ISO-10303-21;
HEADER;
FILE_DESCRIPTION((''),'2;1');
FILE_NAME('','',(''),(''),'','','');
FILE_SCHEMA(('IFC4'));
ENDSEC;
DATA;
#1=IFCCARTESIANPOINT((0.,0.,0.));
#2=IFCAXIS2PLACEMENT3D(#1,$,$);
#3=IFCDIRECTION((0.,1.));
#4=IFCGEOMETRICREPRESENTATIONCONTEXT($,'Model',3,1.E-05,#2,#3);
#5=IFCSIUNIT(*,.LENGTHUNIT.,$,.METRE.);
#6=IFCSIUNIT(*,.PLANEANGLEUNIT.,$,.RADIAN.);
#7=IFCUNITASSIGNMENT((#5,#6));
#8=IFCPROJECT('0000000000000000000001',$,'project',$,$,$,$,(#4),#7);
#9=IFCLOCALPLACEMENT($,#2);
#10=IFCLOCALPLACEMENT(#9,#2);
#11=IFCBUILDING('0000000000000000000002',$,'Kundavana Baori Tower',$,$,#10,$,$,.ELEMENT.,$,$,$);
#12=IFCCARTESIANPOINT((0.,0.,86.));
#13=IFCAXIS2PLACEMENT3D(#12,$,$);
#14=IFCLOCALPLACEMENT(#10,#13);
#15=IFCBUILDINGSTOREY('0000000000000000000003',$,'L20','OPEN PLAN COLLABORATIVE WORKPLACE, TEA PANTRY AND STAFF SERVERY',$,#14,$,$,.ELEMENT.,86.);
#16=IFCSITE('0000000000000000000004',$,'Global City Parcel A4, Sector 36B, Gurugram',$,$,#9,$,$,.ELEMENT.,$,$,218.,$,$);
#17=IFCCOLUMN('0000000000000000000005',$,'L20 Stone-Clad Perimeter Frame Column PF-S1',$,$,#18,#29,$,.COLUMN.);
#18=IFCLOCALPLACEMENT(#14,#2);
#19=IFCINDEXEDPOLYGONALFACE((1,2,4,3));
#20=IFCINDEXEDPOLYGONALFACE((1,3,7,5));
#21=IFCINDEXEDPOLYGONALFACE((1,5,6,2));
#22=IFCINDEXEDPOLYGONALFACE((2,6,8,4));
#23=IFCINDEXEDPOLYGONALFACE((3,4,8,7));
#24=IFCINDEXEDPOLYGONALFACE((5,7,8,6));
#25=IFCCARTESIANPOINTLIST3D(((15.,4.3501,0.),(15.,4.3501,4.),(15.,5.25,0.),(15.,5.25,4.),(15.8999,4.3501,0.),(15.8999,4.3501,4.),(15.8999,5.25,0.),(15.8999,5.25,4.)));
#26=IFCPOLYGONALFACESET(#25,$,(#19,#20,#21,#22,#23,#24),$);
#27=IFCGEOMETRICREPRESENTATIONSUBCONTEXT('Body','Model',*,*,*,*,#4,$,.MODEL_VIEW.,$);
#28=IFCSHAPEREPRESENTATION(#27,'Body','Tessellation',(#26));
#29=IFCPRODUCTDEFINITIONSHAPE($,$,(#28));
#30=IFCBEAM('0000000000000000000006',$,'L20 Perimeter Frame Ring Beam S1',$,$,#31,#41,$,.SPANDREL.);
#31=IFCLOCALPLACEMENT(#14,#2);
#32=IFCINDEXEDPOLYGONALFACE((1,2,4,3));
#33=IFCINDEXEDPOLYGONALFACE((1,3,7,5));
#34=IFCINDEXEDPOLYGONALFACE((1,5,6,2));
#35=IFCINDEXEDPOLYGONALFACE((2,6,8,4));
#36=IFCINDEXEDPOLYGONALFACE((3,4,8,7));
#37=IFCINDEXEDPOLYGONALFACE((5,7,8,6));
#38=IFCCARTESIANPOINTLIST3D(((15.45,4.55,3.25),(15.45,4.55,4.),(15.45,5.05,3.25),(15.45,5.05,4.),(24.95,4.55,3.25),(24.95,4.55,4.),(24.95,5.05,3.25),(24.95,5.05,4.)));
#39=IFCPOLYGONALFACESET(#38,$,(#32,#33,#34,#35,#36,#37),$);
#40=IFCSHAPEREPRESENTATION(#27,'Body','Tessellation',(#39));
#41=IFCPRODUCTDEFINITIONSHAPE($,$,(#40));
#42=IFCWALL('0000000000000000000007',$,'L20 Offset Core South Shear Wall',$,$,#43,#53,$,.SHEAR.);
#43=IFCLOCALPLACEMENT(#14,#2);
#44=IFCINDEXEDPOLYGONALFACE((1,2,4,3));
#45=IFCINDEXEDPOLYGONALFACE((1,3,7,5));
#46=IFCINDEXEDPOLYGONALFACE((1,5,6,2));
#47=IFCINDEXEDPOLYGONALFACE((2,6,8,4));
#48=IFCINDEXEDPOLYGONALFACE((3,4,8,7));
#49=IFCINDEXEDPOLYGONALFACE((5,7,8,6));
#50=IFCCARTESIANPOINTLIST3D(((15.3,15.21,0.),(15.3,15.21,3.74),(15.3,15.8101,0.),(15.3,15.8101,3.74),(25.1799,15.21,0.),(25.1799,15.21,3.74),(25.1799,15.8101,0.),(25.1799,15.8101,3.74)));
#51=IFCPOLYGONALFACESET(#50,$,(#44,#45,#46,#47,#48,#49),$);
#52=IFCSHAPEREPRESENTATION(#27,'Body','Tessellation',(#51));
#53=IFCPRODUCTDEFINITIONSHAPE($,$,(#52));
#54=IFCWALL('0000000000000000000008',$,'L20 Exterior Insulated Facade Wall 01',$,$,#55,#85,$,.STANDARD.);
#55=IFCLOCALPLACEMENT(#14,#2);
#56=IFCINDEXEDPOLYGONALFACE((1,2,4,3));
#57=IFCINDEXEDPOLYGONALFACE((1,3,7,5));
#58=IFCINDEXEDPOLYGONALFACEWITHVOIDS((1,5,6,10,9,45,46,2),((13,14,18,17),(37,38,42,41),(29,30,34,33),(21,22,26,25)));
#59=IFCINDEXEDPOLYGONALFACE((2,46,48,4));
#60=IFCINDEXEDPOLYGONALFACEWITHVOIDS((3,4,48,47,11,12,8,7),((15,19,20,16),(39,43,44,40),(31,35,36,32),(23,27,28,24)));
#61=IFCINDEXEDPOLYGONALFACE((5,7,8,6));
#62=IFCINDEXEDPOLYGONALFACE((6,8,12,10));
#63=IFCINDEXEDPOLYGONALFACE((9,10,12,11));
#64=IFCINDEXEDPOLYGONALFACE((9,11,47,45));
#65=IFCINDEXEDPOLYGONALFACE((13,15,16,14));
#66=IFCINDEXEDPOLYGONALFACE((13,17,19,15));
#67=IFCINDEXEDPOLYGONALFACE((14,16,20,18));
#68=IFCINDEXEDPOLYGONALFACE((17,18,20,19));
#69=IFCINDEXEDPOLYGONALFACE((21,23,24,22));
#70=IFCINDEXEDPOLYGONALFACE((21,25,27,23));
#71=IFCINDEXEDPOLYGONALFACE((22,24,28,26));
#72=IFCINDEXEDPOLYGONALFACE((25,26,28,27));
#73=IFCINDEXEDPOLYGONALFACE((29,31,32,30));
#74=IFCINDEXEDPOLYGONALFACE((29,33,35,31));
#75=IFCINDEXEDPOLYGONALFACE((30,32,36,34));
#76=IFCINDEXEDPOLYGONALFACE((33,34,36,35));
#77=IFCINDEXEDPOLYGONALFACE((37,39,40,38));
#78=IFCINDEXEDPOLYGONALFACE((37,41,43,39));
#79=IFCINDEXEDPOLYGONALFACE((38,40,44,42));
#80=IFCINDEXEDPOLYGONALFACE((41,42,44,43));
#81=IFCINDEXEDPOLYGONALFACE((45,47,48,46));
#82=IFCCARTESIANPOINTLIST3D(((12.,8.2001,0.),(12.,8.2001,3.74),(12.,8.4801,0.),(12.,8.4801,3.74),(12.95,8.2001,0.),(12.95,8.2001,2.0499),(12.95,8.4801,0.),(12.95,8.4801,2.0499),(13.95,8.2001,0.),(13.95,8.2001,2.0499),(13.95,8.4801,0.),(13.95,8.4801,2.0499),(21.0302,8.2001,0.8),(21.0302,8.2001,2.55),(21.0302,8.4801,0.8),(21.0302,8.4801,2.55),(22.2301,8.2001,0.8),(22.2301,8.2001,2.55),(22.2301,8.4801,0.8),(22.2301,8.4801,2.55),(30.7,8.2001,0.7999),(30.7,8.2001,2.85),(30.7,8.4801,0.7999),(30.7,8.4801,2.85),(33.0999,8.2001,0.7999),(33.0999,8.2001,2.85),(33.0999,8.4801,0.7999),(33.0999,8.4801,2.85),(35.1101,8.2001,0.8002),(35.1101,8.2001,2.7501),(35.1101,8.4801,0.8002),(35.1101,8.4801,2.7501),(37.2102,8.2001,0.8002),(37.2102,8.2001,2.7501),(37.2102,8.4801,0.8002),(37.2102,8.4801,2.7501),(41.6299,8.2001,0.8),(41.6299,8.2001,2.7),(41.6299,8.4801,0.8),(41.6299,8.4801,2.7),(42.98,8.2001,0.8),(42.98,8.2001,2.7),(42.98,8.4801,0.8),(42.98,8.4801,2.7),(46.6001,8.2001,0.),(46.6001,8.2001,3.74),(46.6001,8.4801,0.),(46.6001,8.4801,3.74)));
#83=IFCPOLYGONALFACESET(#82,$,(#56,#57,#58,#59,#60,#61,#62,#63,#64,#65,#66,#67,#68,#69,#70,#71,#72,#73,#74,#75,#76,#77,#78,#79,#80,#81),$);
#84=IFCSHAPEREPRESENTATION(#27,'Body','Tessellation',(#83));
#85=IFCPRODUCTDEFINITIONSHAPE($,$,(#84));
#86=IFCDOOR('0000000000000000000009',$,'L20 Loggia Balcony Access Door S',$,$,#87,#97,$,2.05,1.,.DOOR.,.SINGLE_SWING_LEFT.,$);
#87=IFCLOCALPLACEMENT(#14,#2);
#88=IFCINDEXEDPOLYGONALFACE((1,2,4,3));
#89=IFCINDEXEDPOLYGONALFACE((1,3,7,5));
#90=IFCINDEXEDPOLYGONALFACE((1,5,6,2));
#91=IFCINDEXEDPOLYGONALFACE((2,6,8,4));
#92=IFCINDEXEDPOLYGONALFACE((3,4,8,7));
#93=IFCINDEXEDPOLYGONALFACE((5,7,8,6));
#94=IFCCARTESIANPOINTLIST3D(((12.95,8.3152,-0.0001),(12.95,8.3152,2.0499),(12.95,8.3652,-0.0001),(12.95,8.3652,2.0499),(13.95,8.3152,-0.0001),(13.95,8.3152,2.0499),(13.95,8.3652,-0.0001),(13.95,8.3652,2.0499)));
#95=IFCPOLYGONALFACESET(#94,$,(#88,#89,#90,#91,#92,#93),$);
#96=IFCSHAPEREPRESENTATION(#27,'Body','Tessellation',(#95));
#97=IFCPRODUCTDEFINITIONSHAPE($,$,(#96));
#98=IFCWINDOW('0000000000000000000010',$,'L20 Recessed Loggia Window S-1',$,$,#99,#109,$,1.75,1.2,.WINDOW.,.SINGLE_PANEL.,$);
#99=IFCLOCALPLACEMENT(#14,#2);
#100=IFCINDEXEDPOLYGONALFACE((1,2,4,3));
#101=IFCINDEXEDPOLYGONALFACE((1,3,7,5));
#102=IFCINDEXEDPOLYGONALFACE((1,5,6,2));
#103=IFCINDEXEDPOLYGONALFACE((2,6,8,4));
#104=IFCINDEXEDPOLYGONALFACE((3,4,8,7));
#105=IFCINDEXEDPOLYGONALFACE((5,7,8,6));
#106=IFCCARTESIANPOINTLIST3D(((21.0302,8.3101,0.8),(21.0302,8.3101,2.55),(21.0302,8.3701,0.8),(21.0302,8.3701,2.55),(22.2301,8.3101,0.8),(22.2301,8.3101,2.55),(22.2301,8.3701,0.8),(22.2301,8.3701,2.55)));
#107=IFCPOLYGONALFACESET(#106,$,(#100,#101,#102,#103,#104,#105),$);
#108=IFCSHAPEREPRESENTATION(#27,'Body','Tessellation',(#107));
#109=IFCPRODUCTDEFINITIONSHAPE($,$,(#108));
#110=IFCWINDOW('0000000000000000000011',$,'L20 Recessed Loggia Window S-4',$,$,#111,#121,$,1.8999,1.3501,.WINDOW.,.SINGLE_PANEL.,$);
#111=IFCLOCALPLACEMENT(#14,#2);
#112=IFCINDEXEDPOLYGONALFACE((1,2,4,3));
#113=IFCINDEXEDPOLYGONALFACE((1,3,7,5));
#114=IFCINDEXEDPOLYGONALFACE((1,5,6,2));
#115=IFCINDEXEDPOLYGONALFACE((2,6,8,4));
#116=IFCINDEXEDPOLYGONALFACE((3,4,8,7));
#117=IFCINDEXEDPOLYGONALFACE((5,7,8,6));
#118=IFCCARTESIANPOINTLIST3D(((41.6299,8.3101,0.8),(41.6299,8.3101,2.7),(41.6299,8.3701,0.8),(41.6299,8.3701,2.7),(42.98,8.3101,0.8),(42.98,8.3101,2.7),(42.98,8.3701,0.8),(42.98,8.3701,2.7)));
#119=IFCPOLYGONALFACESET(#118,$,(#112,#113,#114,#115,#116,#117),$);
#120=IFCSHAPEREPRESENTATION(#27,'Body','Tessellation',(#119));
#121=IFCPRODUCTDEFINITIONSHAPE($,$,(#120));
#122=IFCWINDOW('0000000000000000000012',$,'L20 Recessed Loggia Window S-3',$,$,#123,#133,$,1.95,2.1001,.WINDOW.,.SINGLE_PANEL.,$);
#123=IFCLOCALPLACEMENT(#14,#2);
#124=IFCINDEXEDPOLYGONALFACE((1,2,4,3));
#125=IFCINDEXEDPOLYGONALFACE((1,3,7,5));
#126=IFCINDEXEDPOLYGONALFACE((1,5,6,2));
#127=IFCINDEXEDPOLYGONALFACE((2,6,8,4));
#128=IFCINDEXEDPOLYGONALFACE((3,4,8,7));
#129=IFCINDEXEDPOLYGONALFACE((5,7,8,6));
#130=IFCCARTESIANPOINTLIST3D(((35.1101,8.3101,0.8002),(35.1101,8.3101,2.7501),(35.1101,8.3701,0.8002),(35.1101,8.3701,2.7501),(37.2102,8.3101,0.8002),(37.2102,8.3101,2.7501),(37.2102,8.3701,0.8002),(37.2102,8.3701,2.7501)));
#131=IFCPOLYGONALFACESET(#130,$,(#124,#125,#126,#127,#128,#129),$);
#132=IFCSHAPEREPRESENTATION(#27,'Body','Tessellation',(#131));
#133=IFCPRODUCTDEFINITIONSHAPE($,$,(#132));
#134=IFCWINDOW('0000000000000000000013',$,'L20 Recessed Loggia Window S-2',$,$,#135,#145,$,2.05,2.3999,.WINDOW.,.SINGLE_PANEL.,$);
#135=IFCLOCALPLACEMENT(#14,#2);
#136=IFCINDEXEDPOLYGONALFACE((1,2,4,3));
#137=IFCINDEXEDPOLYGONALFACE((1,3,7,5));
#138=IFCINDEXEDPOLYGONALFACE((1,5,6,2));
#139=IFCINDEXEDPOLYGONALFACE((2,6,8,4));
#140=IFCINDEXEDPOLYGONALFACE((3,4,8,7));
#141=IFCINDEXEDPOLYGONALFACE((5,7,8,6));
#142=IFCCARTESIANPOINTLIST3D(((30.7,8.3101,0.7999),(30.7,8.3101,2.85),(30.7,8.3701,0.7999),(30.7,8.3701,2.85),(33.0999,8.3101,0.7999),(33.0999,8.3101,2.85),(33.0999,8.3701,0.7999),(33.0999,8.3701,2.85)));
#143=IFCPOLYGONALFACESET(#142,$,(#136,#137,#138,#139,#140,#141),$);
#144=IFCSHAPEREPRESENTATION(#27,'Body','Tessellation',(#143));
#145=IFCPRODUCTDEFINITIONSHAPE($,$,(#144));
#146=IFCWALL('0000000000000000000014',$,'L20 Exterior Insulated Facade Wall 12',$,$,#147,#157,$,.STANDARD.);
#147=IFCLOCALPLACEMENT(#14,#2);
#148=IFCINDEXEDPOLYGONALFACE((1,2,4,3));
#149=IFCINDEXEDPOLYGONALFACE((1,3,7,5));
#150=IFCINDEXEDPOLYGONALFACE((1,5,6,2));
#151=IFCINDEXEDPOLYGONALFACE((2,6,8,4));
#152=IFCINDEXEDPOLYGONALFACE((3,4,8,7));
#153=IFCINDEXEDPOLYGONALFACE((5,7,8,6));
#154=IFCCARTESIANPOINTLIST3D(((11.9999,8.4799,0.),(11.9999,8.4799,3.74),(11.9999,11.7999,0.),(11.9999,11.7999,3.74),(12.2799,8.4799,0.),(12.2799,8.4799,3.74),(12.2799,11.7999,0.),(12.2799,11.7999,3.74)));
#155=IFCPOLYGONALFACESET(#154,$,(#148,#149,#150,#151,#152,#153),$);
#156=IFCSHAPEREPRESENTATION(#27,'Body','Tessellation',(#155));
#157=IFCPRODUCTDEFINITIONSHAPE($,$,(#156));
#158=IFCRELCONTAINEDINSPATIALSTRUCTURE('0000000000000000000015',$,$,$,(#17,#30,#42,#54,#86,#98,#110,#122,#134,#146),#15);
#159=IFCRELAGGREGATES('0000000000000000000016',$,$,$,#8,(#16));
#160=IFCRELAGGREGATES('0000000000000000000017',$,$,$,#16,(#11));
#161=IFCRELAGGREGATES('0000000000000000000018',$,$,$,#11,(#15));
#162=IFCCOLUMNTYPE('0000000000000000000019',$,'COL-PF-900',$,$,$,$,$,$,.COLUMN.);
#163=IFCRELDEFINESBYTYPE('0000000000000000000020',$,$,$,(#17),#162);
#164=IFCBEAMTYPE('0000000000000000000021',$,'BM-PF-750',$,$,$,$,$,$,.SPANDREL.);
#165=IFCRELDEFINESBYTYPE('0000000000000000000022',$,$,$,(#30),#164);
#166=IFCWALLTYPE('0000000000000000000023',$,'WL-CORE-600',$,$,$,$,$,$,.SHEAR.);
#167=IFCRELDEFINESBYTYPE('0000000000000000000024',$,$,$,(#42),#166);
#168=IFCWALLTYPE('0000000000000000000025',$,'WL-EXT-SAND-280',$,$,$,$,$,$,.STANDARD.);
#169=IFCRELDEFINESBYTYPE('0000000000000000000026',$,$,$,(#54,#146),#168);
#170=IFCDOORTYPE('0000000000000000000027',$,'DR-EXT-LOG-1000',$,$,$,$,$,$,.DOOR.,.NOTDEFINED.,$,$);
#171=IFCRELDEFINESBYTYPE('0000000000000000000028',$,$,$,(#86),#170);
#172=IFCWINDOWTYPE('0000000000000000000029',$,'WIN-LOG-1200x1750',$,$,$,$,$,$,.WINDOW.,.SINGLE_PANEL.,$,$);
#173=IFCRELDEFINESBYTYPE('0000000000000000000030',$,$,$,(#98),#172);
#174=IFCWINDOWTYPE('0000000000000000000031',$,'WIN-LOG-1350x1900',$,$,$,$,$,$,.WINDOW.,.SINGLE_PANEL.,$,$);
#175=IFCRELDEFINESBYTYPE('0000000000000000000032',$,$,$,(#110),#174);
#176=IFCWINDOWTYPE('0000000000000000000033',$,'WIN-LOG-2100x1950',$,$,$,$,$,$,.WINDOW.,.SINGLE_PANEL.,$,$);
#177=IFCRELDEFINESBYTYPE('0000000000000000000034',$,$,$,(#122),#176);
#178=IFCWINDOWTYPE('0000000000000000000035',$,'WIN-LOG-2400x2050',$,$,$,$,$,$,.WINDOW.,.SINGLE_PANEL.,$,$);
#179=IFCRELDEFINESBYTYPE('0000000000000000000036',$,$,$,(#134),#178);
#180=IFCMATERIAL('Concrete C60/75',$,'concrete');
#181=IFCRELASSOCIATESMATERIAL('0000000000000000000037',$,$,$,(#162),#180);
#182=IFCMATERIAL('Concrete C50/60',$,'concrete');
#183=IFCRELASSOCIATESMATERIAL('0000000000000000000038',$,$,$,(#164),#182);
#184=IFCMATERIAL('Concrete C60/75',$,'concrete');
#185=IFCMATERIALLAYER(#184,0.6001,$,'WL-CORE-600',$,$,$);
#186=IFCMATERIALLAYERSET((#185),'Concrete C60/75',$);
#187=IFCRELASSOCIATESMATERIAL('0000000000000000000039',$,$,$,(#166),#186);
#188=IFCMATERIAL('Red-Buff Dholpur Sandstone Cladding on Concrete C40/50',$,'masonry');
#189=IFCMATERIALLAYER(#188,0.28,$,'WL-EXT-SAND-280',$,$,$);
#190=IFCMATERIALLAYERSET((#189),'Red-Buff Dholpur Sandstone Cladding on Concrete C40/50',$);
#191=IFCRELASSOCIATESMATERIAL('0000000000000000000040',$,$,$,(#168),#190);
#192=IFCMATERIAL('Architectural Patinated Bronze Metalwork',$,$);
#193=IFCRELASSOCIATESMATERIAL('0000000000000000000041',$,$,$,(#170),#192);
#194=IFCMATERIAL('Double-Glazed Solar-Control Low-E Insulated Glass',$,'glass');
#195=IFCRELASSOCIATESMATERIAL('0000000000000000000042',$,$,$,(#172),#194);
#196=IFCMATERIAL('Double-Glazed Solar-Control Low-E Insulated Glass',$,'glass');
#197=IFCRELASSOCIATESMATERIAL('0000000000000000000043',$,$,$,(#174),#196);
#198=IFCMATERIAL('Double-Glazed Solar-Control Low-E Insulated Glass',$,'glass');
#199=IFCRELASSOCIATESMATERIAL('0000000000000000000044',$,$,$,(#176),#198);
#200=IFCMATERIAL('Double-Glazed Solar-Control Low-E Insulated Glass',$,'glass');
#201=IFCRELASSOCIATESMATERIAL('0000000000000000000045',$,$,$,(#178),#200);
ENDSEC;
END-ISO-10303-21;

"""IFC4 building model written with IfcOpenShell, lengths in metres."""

from ifc_helpers import new_model, si_unit, direction, frame, frame_2d, origin, origin_2d, place, context, subcontext, project, spatial, rectangle, extrude, material, layer, layer_set, material_profile, profile_set, type_object, element, fill, save


model = new_model("IFC4")

# Units and contexts
model_context = context("Model", 3, precision=1e-05, world=origin(), true_north=direction((0.0, 1.0)))
body_context = subcontext(model_context, "Body", "Model", "MODEL_VIEW")
ifc_project = project(units=[si_unit("LENGTHUNIT", "METRE"), si_unit("PLANEANGLEUNIT", "RADIAN")], contexts=[model_context])

# Site, building, storey
site_placement = place(None, origin())
site = spatial("IfcSite", under=ifc_project, at=site_placement, Name="Global City Parcel A4, Sector 36B, Gurugram", CompositionType="ELEMENT", RefElevation=218.0)
building_placement = place(site_placement, origin())
building = spatial("IfcBuilding", under=site, at=building_placement, Name="Kundavana Baori Tower", CompositionType="ELEMENT")
storey_placement = place(building_placement, frame((0.0, 0.0, 86.0)))
storey = spatial("IfcBuildingStorey", under=building, at=storey_placement, Name="L20", Description="OPEN PLAN COLLABORATIVE WORKPLACE, TEA PANTRY AND STAFF SERVERY", CompositionType="ELEMENT", Elevation=86.0)

# Column
ifc_material_1 = material(Name="Concrete C60/75", Category="concrete")
ifc_material_profile_1 = material_profile(ifc_material_1, rectangle(XDim=0.8999, YDim=0.8999, at=origin_2d()), Name="RC PF 900x900")
ifc_profile_set_1 = profile_set([ifc_material_profile_1], Name="Concrete C60/75")
column_type = type_object("IfcColumnType", Name="COL-PF-900", PredefinedType="COLUMN", material=ifc_profile_set_1)
column_placement = place(storey_placement, frame((15.45, 4.8, 0.0), z_axis=(0.0, 0.0, 1.0), x_axis=(1.0, 0.0, 0.0)))
element("IfcColumn", 1, at=column_placement, inside=storey, type_object=column_type, Name="L20 Stone-Clad Perimeter Frame Column PF-S1", PredefinedType="COLUMN", context=body_context, shape_type="SweptSolid", body=[
    extrude(rectangle(XDim=0.8999, YDim=0.8999, at=origin_2d()), origin(), (0.0, 0.0, 1.0), 4.0),
])

# Beam
ifc_material_2 = material(Name="Concrete C50/60", Category="concrete")
ifc_material_profile_2 = material_profile(ifc_material_2, rectangle(XDim=0.5, YDim=0.75, at=origin_2d()), Name="RC BM 500x750")
ifc_profile_set_2 = profile_set([ifc_material_profile_2], Name="Concrete C50/60")
beam_type = type_object("IfcBeamType", Name="BM-PF-750", PredefinedType="SPANDREL", material=ifc_profile_set_2)
beam_placement = place(storey_placement, frame((15.45, 4.8, 3.625), z_axis=(1.0, 0.0, 0.0), x_axis=(0.0, 1.0, 0.0)))
element("IfcBeam", 2, at=beam_placement, inside=storey, type_object=beam_type, Name="L20 Perimeter Frame Ring Beam S1", PredefinedType="SPANDREL", context=body_context, shape_type="SweptSolid", body=[
    extrude(rectangle(XDim=0.5, YDim=0.75, at=origin_2d()), origin(), (0.0, 0.0, 1.0), 9.5),
])

# Wall
ifc_material_3 = material(Name="Concrete C60/75", Category="concrete")
ifc_layer_1 = layer(ifc_material_3, 0.6001, Name="WL-CORE-600")
ifc_layer_set_1 = layer_set([ifc_layer_1], Name="Concrete C60/75")
wall_type_1 = type_object("IfcWallType", Name="WL-CORE-600", PredefinedType="SHEAR", material=ifc_layer_set_1)
wall_1_placement = place(storey_placement, frame((15.3, 15.51, 0.0), z_axis=(0.0, 0.0, 1.0), x_axis=(1.0, 0.0, 0.0)))
element("IfcWall", 3, at=wall_1_placement, inside=storey, type_object=wall_type_1, Name="L20 Offset Core South Shear Wall", PredefinedType="SHEAR", context=body_context, shape_type="SweptSolid", body=[
    extrude(rectangle(XDim=9.8799, YDim=0.6001, at=frame_2d((4.9399, 0.0))), origin(), (0.0, 0.0, 1.0), 3.74),
])

# Wall, openings, door, windows
ifc_material_4 = material(Name="Red-Buff Dholpur Sandstone Cladding on Concrete C40/50", Category="masonry")
ifc_layer_2 = layer(ifc_material_4, 0.28, Name="WL-EXT-SAND-280")
ifc_layer_set_2 = layer_set([ifc_layer_2], Name="Red-Buff Dholpur Sandstone Cladding on Concrete C40/50")
wall_type_2 = type_object("IfcWallType", Name="WL-EXT-SAND-280", PredefinedType="STANDARD", material=ifc_layer_set_2)
wall_2_placement = place(storey_placement, frame((12.0, 8.3401, 0.0), z_axis=(0.0, 0.0, 1.0), x_axis=(1.0, 0.0, 0.0)))
wall_2 = element("IfcWall", 4, at=wall_2_placement, inside=storey, type_object=wall_type_2, Name="L20 Exterior Insulated Facade Wall 01", PredefinedType="STANDARD", context=body_context, shape_type="SweptSolid", body=[
    extrude(rectangle(XDim=34.6001, YDim=0.28, at=frame_2d((17.3, 0.0))), origin(), (0.0, 0.0, 1.0), 3.74),
])
opening_1_placement = place(wall_2_placement, frame((0.95, 0.0, 0.0)))
opening_1 = element("IfcOpeningElement", 5, at=opening_1_placement, cuts=wall_2, PredefinedType="OPENING", context=body_context, shape_type="SweptSolid", body=[
    extrude(rectangle(XDim=1.0, YDim=2.05, at=frame_2d((0.5, 1.0249))), frame((0.0, 0.1499, 0.0), z_axis=(0.0, -1.0, 0.0), x_axis=(1.0, 0.0, 0.0)), (0.0, 0.0, 1.0), 0.3),
])
opening_2_placement = place(wall_2_placement, frame((9.03, 0.0, 0.8)))
opening_2 = element("IfcOpeningElement", 6, at=opening_2_placement, cuts=wall_2, PredefinedType="OPENING", context=body_context, shape_type="SweptSolid", body=[
    extrude(rectangle(XDim=1.2, YDim=1.75, at=frame_2d((0.6001, 0.875))), frame((0.0, 0.1499, 0.0), z_axis=(0.0, -1.0, 0.0), x_axis=(1.0, 0.0, 0.0)), (0.0, 0.0, 1.0), 0.3),
])
opening_3_placement = place(wall_2_placement, frame((18.7, 0.0, 0.8)))
opening_3 = element("IfcOpeningElement", 7, at=opening_3_placement, cuts=wall_2, PredefinedType="OPENING", context=body_context, shape_type="SweptSolid", body=[
    extrude(rectangle(XDim=2.3999, YDim=2.05, at=frame_2d((1.2, 1.0249))), frame((0.0, 0.1499, 0.0), z_axis=(0.0, -1.0, 0.0), x_axis=(1.0, 0.0, 0.0)), (0.0, 0.0, 1.0), 0.3),
])
opening_4_placement = place(wall_2_placement, frame((23.1101, 0.0, 0.8)))
opening_4 = element("IfcOpeningElement", 8, at=opening_4_placement, cuts=wall_2, PredefinedType="OPENING", context=body_context, shape_type="SweptSolid", body=[
    extrude(rectangle(XDim=2.1001, YDim=1.95, at=frame_2d((1.05, 0.9751))), frame((0.0, 0.1499, 0.0), z_axis=(0.0, -1.0, 0.0), x_axis=(1.0, 0.0, 0.0)), (0.0, 0.0, 1.0), 0.3),
])
opening_5_placement = place(wall_2_placement, frame((29.6299, 0.0, 0.8)))
opening_5 = element("IfcOpeningElement", 9, at=opening_5_placement, cuts=wall_2, PredefinedType="OPENING", context=body_context, shape_type="SweptSolid", body=[
    extrude(rectangle(XDim=1.3501, YDim=1.8999, at=frame_2d((0.675, 0.95))), frame((0.0, 0.1499, 0.0), z_axis=(0.0, -1.0, 0.0), x_axis=(1.0, 0.0, 0.0)), (0.0, 0.0, 1.0), 0.3),
])
ifc_material_5 = material(Name="Architectural Patinated Bronze Metalwork")
door_type_1 = type_object("IfcDoorType", Name="DR-EXT-LOG-1000", OperationType="NOTDEFINED", PredefinedType="DOOR", material=ifc_material_5)
door_1_placement = place(opening_1_placement, frame((1.0, 0.0, 0.0), z_axis=(0.0, 0.0, 1.0), x_axis=(-1.0, 0.0, 0.0)))
door_1 = element("IfcDoor", 10, at=door_1_placement, inside=storey, type_object=door_type_1, Name="L20 Loggia Balcony Access Door S", OperationType="SINGLE_SWING_LEFT", OverallHeight=2.05, OverallWidth=1.0, PredefinedType="DOOR", context=body_context, shape_type="SweptSolid", body=[
    extrude(rectangle(XDim=1.0, YDim=2.05, at=frame_2d((0.5, 1.0249))), frame((0.0, 0.0249, 0.0), z_axis=(0.0, -1.0, 0.0), x_axis=(1.0, 0.0, 0.0)), (0.0, 0.0, 1.0), 0.05),
])
fill(opening_1, door_1)
ifc_material_6 = material(Name="Double-Glazed Solar-Control Low-E Insulated Glass", Category="glass")
window_type_1 = type_object("IfcWindowType", Name="WIN-LOG-1200x1750", PartitioningType="SINGLE_PANEL", PredefinedType="WINDOW", material=ifc_material_6)
window_1_placement = place(opening_2_placement, origin())
window_1 = element("IfcWindow", 11, at=window_1_placement, inside=storey, type_object=window_type_1, Name="L20 Recessed Loggia Window S-1", OverallHeight=1.75, OverallWidth=1.2, PartitioningType="SINGLE_PANEL", PredefinedType="WINDOW", context=body_context, shape_type="SweptSolid", body=[
    extrude(rectangle(XDim=1.2, YDim=1.75, at=frame_2d((0.6001, 0.875))), frame((0.0, 0.03, 0.0), z_axis=(0.0, -1.0, 0.0), x_axis=(1.0, 0.0, 0.0)), (0.0, 0.0, 1.0), 0.0601),
])
fill(opening_2, window_1)
ifc_material_7 = material(Name="Double-Glazed Solar-Control Low-E Insulated Glass", Category="glass")
window_type_2 = type_object("IfcWindowType", Name="WIN-LOG-1350x1900", PartitioningType="SINGLE_PANEL", PredefinedType="WINDOW", material=ifc_material_7)
window_2_placement = place(opening_5_placement, origin())
window_2 = element("IfcWindow", 12, at=window_2_placement, inside=storey, type_object=window_type_2, Name="L20 Recessed Loggia Window S-4", OverallHeight=1.8999, OverallWidth=1.3501, PartitioningType="SINGLE_PANEL", PredefinedType="WINDOW", context=body_context, shape_type="SweptSolid", body=[
    extrude(rectangle(XDim=1.3501, YDim=1.8999, at=frame_2d((0.675, 0.95))), frame((0.0, 0.03, 0.0), z_axis=(0.0, -1.0, 0.0), x_axis=(1.0, 0.0, 0.0)), (0.0, 0.0, 1.0), 0.0601),
])
fill(opening_5, window_2)
ifc_material_8 = material(Name="Double-Glazed Solar-Control Low-E Insulated Glass", Category="glass")
window_type_3 = type_object("IfcWindowType", Name="WIN-LOG-2100x1950", PartitioningType="SINGLE_PANEL", PredefinedType="WINDOW", material=ifc_material_8)
window_3_placement = place(opening_4_placement, origin())
window_3 = element("IfcWindow", 13, at=window_3_placement, inside=storey, type_object=window_type_3, Name="L20 Recessed Loggia Window S-3", OverallHeight=1.95, OverallWidth=2.1001, PartitioningType="SINGLE_PANEL", PredefinedType="WINDOW", context=body_context, shape_type="SweptSolid", body=[
    extrude(rectangle(XDim=2.1001, YDim=1.95, at=frame_2d((1.05, 0.9751))), frame((0.0, 0.03, 0.0), z_axis=(0.0, -1.0, 0.0), x_axis=(1.0, 0.0, 0.0)), (0.0, 0.0, 1.0), 0.0601),
])
fill(opening_4, window_3)
ifc_material_9 = material(Name="Double-Glazed Solar-Control Low-E Insulated Glass", Category="glass")
window_type_4 = type_object("IfcWindowType", Name="WIN-LOG-2400x2050", PartitioningType="SINGLE_PANEL", PredefinedType="WINDOW", material=ifc_material_9)
window_4_placement = place(opening_3_placement, origin())
window_4 = element("IfcWindow", 14, at=window_4_placement, inside=storey, type_object=window_type_4, Name="L20 Recessed Loggia Window S-2", OverallHeight=2.05, OverallWidth=2.3999, PartitioningType="SINGLE_PANEL", PredefinedType="WINDOW", context=body_context, shape_type="SweptSolid", body=[
    extrude(rectangle(XDim=2.3999, YDim=2.05, at=frame_2d((1.2, 1.0249))), frame((0.0, 0.03, 0.0), z_axis=(0.0, -1.0, 0.0), x_axis=(1.0, 0.0, 0.0)), (0.0, 0.0, 1.0), 0.0601),
])
fill(opening_3, window_4)

# Wall
wall_3_placement = place(storey_placement, frame((12.1399, 11.8, 0.0), z_axis=(0.0, 0.0, 1.0), x_axis=(0.0, -1.0, 0.0)))
element("IfcWall", 15, at=wall_3_placement, inside=storey, type_object=wall_type_2, Name="L20 Exterior Insulated Facade Wall 12", PredefinedType="STANDARD", context=body_context, shape_type="SweptSolid", body=[
    extrude(rectangle(XDim=3.3201, YDim=0.28, at=frame_2d((1.6602, 0.0))), origin(), (0.0, 0.0, 1.0), 3.74),
])

save(model, "model.ifc")
